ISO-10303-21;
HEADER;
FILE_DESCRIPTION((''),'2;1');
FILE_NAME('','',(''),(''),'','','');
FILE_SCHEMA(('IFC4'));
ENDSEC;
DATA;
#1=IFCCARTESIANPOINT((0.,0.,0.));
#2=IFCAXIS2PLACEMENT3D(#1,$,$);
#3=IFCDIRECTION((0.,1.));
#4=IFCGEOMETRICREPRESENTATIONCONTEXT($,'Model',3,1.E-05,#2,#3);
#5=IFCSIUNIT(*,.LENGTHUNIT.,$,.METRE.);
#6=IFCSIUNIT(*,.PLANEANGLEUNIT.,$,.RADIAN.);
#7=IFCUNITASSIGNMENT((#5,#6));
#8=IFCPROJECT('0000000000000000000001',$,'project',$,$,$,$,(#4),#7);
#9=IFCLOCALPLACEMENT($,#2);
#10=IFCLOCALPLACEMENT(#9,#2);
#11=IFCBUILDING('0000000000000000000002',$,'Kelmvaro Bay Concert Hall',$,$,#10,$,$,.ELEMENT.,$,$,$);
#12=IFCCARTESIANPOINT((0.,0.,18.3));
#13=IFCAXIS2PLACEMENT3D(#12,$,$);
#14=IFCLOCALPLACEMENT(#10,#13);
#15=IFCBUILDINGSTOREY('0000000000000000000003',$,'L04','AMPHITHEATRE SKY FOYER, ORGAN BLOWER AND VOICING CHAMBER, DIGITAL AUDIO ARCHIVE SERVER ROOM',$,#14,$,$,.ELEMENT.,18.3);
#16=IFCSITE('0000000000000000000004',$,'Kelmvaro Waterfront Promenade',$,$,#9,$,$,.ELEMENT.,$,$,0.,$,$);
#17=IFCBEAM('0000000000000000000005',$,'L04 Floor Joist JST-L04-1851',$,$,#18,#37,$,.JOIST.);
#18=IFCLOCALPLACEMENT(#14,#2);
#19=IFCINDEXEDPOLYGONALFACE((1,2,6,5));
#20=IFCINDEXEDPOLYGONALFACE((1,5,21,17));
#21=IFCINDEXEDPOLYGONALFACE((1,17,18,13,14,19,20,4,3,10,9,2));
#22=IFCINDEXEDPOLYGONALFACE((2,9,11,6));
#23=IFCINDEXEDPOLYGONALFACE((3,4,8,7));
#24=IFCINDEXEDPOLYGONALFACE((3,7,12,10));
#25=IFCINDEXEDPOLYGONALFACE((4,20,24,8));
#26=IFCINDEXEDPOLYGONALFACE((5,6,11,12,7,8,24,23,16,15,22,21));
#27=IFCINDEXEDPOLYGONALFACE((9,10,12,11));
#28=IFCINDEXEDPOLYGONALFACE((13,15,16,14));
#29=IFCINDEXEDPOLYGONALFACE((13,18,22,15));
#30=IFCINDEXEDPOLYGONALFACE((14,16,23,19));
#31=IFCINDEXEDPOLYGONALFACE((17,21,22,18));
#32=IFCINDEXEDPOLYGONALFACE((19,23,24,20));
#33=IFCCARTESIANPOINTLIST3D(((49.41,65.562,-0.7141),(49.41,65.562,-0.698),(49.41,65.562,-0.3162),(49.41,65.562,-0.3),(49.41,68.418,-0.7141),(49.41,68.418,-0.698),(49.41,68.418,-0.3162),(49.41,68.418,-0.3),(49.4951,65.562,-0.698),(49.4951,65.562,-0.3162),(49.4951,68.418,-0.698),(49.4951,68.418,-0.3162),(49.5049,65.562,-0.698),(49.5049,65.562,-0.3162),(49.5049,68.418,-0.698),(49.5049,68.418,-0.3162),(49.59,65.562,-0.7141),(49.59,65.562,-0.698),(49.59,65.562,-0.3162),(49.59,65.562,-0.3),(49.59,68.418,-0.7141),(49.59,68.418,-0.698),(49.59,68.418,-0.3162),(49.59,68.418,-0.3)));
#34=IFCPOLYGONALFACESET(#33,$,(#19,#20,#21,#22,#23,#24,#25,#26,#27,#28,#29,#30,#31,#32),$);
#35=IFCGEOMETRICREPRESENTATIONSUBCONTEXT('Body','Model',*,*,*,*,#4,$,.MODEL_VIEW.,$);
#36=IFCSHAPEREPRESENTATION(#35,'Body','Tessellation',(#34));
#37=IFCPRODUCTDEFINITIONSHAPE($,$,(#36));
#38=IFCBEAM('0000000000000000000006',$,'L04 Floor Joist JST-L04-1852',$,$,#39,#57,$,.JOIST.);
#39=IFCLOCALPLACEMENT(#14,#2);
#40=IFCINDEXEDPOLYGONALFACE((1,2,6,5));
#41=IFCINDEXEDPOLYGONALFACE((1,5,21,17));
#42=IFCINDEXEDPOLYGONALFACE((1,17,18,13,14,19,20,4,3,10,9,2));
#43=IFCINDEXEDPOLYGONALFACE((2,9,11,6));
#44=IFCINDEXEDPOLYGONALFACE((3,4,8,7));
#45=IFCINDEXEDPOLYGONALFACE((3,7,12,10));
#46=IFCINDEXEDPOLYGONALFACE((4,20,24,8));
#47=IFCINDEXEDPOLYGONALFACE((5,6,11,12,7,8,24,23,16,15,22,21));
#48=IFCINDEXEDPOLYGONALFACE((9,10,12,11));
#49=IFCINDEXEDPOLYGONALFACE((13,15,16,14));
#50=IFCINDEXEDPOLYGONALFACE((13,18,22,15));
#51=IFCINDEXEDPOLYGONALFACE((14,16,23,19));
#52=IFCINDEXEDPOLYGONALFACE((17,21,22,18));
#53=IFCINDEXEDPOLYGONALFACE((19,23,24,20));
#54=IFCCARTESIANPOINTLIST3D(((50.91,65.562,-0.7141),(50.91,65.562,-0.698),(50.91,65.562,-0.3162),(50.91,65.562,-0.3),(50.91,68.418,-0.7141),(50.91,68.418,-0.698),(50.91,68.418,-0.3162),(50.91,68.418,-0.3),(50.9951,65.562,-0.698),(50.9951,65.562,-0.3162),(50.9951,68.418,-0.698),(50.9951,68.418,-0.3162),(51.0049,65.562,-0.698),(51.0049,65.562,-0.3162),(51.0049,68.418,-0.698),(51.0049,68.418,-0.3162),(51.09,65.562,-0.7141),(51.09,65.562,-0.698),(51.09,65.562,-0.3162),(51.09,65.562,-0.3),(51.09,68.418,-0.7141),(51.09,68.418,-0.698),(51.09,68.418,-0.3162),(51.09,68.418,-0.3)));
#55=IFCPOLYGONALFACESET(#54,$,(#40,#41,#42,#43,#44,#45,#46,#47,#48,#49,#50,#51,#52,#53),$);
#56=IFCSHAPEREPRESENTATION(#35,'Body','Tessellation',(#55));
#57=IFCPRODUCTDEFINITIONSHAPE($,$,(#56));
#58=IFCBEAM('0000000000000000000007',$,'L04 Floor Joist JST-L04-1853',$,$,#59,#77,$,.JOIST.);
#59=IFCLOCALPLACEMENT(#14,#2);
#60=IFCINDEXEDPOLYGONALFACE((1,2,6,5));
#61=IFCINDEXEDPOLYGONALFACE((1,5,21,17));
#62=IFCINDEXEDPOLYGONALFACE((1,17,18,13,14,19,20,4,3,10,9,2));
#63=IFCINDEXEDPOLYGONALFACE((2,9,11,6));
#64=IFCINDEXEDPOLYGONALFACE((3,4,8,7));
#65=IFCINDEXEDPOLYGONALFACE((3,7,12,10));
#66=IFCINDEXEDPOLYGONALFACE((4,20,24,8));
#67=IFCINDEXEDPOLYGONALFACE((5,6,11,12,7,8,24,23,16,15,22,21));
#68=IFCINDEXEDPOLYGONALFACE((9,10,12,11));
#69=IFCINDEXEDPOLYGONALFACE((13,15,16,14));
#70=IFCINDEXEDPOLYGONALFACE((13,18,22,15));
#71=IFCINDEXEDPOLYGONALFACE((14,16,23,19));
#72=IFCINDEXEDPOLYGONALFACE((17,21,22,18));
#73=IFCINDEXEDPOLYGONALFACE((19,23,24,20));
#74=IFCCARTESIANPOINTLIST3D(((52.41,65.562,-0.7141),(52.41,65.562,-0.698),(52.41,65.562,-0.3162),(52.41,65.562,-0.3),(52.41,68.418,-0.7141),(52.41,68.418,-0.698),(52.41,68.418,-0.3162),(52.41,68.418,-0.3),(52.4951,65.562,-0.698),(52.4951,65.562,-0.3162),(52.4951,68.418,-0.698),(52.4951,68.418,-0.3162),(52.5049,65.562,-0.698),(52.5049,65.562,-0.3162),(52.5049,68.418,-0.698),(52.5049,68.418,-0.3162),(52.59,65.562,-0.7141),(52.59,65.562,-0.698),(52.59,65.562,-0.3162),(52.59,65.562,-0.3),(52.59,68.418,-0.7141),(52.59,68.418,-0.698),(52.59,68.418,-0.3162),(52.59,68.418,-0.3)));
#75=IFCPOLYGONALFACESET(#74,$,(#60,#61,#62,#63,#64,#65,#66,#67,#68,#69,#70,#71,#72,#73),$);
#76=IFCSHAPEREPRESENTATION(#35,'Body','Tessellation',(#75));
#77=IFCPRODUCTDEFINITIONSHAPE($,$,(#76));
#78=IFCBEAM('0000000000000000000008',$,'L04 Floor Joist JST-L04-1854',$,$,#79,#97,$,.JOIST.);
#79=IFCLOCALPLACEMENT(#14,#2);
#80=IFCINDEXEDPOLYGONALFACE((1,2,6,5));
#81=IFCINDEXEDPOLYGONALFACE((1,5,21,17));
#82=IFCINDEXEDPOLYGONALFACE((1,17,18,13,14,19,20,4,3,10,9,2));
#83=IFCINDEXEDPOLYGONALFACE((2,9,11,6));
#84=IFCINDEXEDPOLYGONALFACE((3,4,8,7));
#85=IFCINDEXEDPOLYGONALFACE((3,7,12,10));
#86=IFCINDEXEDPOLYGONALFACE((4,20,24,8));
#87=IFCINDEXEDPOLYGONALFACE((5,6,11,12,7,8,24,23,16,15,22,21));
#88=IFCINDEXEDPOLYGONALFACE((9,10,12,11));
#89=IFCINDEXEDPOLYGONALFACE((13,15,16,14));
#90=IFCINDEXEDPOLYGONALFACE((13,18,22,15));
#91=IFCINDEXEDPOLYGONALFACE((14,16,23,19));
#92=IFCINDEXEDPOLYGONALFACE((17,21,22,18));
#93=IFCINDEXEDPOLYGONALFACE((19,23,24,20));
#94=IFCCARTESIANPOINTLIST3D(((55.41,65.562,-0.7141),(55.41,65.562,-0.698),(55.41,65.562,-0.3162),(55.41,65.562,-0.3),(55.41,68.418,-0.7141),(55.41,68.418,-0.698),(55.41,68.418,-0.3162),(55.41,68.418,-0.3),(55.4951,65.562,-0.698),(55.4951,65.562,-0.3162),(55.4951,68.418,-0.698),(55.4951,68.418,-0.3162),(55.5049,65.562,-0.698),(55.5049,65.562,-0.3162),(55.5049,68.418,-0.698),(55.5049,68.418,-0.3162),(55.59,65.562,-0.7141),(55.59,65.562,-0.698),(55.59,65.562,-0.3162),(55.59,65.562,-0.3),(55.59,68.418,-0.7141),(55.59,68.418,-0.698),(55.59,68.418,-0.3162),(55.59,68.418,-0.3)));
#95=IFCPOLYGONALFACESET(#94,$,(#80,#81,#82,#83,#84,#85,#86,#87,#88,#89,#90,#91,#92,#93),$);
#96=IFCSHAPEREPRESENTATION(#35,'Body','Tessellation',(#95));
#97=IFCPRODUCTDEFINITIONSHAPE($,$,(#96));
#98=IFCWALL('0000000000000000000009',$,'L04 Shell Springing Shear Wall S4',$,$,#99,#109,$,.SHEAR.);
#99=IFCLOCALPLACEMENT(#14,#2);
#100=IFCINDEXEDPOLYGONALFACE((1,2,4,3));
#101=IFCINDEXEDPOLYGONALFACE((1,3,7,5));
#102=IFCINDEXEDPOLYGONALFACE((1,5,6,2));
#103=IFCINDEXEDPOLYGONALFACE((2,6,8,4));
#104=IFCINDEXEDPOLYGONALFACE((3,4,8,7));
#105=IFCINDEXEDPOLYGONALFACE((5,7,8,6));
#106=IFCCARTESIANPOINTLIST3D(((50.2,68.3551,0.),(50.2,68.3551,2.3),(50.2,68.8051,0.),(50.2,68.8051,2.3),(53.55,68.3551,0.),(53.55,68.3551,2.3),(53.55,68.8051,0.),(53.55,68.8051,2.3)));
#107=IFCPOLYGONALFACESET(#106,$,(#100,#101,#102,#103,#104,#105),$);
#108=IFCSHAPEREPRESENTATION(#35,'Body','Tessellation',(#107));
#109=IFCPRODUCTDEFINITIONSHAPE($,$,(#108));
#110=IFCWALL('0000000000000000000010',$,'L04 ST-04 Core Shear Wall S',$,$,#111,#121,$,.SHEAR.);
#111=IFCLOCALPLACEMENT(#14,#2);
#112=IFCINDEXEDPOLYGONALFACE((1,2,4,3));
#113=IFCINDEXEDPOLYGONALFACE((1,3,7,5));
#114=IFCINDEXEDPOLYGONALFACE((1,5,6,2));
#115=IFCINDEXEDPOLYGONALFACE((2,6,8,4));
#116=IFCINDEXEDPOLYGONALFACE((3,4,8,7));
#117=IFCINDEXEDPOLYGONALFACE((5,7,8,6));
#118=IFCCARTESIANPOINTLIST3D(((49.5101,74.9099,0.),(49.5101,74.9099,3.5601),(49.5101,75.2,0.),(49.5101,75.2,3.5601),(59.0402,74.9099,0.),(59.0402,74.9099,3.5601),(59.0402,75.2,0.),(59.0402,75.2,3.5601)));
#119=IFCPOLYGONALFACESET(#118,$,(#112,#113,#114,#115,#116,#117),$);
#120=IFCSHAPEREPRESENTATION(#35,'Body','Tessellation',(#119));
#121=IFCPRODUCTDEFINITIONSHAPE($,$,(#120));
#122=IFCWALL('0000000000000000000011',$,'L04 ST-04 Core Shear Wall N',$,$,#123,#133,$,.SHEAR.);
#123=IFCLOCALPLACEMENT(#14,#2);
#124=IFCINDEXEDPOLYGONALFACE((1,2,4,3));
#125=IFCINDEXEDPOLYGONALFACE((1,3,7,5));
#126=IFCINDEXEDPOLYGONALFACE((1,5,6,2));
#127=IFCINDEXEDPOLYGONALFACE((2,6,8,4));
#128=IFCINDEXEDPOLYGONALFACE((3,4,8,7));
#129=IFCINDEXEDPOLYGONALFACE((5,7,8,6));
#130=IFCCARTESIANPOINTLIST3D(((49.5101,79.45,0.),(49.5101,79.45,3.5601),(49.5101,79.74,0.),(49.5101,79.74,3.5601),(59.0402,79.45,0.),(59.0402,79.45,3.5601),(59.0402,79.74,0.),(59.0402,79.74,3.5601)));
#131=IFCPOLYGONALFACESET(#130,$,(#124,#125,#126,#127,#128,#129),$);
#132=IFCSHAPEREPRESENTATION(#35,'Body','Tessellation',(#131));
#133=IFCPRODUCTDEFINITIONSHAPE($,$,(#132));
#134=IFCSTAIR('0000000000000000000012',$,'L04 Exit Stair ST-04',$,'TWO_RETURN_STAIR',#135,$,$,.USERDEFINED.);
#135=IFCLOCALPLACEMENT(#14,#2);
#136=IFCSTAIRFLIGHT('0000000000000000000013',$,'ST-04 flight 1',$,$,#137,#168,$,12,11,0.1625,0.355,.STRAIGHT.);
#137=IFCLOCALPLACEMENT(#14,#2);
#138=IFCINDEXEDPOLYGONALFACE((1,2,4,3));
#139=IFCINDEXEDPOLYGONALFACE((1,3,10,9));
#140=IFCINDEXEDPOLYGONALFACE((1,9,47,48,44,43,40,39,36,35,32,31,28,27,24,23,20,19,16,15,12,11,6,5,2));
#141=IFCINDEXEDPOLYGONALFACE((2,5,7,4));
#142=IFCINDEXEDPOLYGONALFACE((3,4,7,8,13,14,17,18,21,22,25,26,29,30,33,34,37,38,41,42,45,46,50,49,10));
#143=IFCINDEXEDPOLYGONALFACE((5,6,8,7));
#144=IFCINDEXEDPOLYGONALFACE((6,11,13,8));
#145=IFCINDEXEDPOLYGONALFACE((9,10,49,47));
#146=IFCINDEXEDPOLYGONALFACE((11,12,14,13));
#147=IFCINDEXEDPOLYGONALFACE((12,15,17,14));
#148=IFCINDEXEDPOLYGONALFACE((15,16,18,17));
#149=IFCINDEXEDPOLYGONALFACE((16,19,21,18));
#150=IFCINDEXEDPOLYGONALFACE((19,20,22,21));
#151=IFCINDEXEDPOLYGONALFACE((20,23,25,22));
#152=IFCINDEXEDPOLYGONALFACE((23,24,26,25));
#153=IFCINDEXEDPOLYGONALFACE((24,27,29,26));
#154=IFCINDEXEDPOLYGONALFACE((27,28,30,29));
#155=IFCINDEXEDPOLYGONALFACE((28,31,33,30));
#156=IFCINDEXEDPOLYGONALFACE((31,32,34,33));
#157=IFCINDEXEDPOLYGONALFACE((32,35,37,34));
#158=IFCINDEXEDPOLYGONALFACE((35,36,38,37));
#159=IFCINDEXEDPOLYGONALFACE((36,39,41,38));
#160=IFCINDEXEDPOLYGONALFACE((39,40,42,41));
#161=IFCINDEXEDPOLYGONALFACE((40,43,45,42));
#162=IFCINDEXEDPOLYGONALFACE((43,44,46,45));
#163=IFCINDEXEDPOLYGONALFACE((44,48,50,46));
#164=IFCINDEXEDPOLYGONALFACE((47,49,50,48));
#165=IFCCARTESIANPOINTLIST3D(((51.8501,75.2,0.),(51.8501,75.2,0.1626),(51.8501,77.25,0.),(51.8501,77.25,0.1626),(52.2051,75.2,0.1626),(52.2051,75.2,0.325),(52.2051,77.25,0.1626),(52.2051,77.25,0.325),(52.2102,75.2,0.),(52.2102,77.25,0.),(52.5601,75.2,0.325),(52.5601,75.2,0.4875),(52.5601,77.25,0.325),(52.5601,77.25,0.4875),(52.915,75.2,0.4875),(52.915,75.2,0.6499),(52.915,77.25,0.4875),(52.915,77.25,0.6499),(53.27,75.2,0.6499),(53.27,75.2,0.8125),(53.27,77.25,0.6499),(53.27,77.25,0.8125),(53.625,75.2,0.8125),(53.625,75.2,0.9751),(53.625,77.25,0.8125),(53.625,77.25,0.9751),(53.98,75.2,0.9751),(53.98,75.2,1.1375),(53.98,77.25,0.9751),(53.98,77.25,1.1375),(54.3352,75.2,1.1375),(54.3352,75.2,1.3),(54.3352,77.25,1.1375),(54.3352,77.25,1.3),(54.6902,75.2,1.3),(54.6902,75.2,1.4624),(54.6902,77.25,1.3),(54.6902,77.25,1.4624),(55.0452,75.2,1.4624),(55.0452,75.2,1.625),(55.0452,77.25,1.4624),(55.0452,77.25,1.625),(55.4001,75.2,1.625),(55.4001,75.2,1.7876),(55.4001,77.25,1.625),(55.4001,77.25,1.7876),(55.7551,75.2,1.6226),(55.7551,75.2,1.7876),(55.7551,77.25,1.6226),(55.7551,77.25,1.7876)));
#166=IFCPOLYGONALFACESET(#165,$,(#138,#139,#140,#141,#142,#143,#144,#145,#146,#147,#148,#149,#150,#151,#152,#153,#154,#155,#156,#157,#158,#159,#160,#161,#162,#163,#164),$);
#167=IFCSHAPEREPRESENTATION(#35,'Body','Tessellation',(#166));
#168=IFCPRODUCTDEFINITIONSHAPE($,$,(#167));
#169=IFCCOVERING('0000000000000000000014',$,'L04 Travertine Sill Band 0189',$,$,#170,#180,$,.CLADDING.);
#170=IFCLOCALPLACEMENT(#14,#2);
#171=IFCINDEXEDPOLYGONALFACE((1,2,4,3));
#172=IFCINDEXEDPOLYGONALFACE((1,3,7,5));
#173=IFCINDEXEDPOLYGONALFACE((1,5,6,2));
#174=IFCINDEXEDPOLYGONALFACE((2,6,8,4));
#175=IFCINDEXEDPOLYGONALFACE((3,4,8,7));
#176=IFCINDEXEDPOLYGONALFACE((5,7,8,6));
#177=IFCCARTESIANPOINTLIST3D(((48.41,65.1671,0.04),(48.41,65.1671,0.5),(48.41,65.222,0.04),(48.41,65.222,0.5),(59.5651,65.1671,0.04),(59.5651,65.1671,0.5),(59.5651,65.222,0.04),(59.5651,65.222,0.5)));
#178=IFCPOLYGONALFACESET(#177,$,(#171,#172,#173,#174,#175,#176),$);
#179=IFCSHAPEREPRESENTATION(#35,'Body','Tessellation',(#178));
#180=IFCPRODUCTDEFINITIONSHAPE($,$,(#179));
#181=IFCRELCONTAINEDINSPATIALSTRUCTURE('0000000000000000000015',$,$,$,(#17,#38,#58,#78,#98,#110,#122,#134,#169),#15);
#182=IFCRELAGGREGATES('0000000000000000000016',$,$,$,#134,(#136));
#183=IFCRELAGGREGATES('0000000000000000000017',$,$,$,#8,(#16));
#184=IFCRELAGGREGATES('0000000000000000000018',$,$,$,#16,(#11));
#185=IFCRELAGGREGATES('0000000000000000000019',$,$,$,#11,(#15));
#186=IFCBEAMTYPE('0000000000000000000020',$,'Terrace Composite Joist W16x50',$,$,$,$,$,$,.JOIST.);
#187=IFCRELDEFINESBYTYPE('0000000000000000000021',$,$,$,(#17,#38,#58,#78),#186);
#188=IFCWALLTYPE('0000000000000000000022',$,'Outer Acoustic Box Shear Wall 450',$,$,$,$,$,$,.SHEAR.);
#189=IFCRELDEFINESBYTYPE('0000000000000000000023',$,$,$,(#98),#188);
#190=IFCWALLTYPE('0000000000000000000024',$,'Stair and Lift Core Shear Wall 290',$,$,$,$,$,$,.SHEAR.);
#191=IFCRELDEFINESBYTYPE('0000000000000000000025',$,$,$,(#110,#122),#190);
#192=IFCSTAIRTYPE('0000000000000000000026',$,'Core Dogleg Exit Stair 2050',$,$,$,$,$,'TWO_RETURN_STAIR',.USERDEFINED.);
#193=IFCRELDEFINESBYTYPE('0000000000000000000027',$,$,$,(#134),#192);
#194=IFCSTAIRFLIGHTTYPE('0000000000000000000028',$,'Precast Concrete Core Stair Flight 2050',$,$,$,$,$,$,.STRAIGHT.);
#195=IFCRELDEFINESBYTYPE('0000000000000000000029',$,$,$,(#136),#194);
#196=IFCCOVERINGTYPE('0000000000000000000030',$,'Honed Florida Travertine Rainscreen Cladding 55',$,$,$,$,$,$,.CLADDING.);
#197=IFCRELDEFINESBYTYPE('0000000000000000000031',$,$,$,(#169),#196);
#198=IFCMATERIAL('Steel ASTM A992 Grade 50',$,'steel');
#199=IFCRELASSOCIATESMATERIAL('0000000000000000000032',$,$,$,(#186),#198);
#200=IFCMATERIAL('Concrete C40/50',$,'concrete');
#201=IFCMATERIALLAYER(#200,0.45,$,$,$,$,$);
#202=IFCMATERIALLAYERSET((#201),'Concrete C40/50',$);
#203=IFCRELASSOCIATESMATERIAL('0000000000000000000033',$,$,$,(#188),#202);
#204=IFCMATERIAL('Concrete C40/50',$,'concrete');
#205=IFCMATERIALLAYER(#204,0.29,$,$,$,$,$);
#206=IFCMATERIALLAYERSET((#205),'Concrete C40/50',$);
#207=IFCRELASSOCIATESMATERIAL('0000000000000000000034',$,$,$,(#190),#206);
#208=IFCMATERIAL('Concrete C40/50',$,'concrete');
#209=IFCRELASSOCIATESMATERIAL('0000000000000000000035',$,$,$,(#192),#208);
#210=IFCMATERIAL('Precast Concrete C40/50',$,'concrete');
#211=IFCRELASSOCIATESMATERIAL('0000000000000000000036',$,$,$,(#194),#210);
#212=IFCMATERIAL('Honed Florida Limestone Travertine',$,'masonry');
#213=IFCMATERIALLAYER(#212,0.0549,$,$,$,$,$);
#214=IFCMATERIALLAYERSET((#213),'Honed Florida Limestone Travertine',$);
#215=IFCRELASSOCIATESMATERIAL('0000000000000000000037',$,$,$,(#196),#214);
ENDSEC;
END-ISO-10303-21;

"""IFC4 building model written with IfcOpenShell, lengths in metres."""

from ifc_helpers import new_model, si_unit, direction, frame, frame_2d, origin, origin_2d, place, context, subcontext, project, spatial, polyline, rectangle, i_section, outline, extrude, material, layer, layer_set, material_profile, profile_set, type_object, element, aggregate, save


model = new_model("IFC4")

# Units and contexts
model_context = context("Model", 3, precision=1e-05, world=origin(), true_north=direction((0.0, 1.0)))
body_context = subcontext(model_context, "Body", "Model", "MODEL_VIEW")
ifc_project = project(units=[si_unit("LENGTHUNIT", "METRE"), si_unit("PLANEANGLEUNIT", "RADIAN")], contexts=[model_context])

# Site, building, storey
site_placement = place(None, origin())
site = spatial("IfcSite", under=ifc_project, at=site_placement, Name="Kelmvaro Waterfront Promenade", CompositionType="ELEMENT", RefElevation=0.0)
building_placement = place(site_placement, origin())
building = spatial("IfcBuilding", under=site, at=building_placement, Name="Kelmvaro Bay Concert Hall", CompositionType="ELEMENT")
storey_placement = place(building_placement, frame((0.0, 0.0, 18.3)))
storey = spatial("IfcBuildingStorey", under=building, at=storey_placement, Name="L04", Description="AMPHITHEATRE SKY FOYER, ORGAN BLOWER AND VOICING CHAMBER, DIGITAL AUDIO ARCHIVE SERVER ROOM", CompositionType="ELEMENT", Elevation=18.3)

# Beams
ifc_material_1 = material(Name="Steel ASTM A992 Grade 50", Category="steel")
ifc_material_profile_1 = material_profile(ifc_material_1, i_section(OverallWidth=0.1799, OverallDepth=0.4141, WebThickness=0.0098, FlangeThickness=0.0161, at=origin_2d()), Name="W16X50")
ifc_profile_set_1 = profile_set([ifc_material_profile_1], Name="Steel ASTM A992 Grade 50")
beam_type_1 = type_object("IfcBeamType", Name="Terrace Composite Joist W16x50", PredefinedType="JOIST", material=ifc_profile_set_1)
for number, where, z_axis, x_axis, name in (
    (1, (49.5, 65.562, -0.5071), (0.0, 1.0, 0.0), (-1.0, 0.0, 0.0), "L04 Floor Joist JST-L04-1851"),
    (2, (51.0, 65.562, -0.5071), (0.0, 1.0, 0.0), (-1.0, 0.0, 0.0), "L04 Floor Joist JST-L04-1852"),
    (3, (52.5, 65.562, -0.5071), (0.0, 1.0, 0.0), (-1.0, 0.0, 0.0), "L04 Floor Joist JST-L04-1853"),
    (4, (55.5, 65.562, -0.5071), (0.0, 1.0, 0.0), (-1.0, 0.0, 0.0), "L04 Floor Joist JST-L04-1854"),
):
    element("IfcBeam", number, at=place(storey_placement, frame(where, z_axis=z_axis, x_axis=x_axis)), inside=storey, type_object=beam_type_1, Name=name, PredefinedType="JOIST", context=body_context, shape_type="SweptSolid", body=[
        extrude(i_section(OverallWidth=0.1799, OverallDepth=0.4141, WebThickness=0.0098, FlangeThickness=0.0161, at=origin_2d()), origin(), (0.0, 0.0, 1.0), 2.856),
    ])

# Walls
ifc_material_2 = material(Name="Concrete C40/50", Category="concrete")
ifc_layer_1 = layer(ifc_material_2, 0.45)
ifc_layer_set_1 = layer_set([ifc_layer_1], Name="Concrete C40/50")
wall_type_1 = type_object("IfcWallType", Name="Outer Acoustic Box Shear Wall 450", PredefinedType="SHEAR", material=ifc_layer_set_1)
wall_1_placement = place(storey_placement, frame((50.2, 68.5801, 0.0), z_axis=(0.0, 0.0, 1.0), x_axis=(1.0, 0.0, 0.0)))
element("IfcWall", 5, at=wall_1_placement, inside=storey, type_object=wall_type_1, Name="L04 Shell Springing Shear Wall S4", PredefinedType="SHEAR", context=body_context, shape_type="SweptSolid", body=[
    extrude(rectangle(XDim=3.3501, YDim=0.45, at=frame_2d((1.675, 0.0))), origin(), (0.0, 0.0, 1.0), 2.3),
])
ifc_material_3 = material(Name="Concrete C40/50", Category="concrete")
ifc_layer_2 = layer(ifc_material_3, 0.29)
ifc_layer_set_2 = layer_set([ifc_layer_2], Name="Concrete C40/50")
wall_type_2 = type_object("IfcWallType", Name="Stair and Lift Core Shear Wall 290", PredefinedType="SHEAR", material=ifc_layer_set_2)
for number, where, z_axis, x_axis, name in (
    (6, (49.51, 75.0549, 0.0), (0.0, 0.0, 1.0), (1.0, 0.0, 0.0), "L04 ST-04 Core Shear Wall S"),
    (7, (49.51, 79.595, 0.0), (0.0, 0.0, 1.0), (1.0, 0.0, 0.0), "L04 ST-04 Core Shear Wall N"),
):
    element("IfcWall", number, at=place(storey_placement, frame(where, z_axis=z_axis, x_axis=x_axis)), inside=storey, type_object=wall_type_2, Name=name, PredefinedType="SHEAR", context=body_context, shape_type="SweptSolid", body=[
        extrude(rectangle(XDim=9.53, YDim=0.29, at=frame_2d((4.7651, 0.0))), origin(), (0.0, 0.0, 1.0), 3.5601),
    ])

# Stair, stair flight
ifc_material_4 = material(Name="Concrete C40/50", Category="concrete")
stair_type = type_object("IfcStairType", Name="Core Dogleg Exit Stair 2050", ElementType="TWO_RETURN_STAIR", PredefinedType="USERDEFINED", material=ifc_material_4)
stair_placement = place(storey_placement, origin())
stair = element("IfcStair", 8, at=stair_placement, inside=storey, type_object=stair_type, Name="L04 Exit Stair ST-04", ObjectType="TWO_RETURN_STAIR", PredefinedType="USERDEFINED")
ifc_material_5 = material(Name="Precast Concrete C40/50", Category="concrete")
stair_flight_type = type_object("IfcStairFlightType", Name="Precast Concrete Core Stair Flight 2050", PredefinedType="STRAIGHT", material=ifc_material_5)
stair_flight_placement = place(storey_placement, frame((51.8501, 76.2251, 0.0), z_axis=(0.0, 0.0, 1.0), x_axis=(1.0, 0.0, 0.0)))
stair_flight = element("IfcStairFlight", 9, at=stair_flight_placement, type_object=stair_flight_type, Name="ST-04 flight 1", NumberOfRisers=12, NumberOfTreads=11, PredefinedType="STRAIGHT", RiserHeight=0.1625, TreadLength=0.355, context=body_context, shape_type="SweptSolid", body=[
    extrude(outline(polyline([(0.0, 0.0), (0.0, 0.1626), (0.355, 0.1626), (0.355, 0.325), (0.71, 0.325), (0.71, 0.4875), (1.0649, 0.4875), (1.0649, 0.6499), (1.4199, 0.6499), (1.4199, 0.8125), (1.7749, 0.8125), (1.7749, 0.9751), (2.1299, 0.9751), (2.1299, 1.1375), (2.4851, 1.1375), (2.4851, 1.3), (2.8401, 1.3), (2.8401, 1.4624), (3.1951, 1.4624), (3.1951, 1.625), (3.55, 1.625), (3.55, 1.7876), (3.905, 1.7876), (3.905, 1.95), (3.905, 1.6226), (0.3601, 0.0), (0.0, 0.0)])), frame((0.0, 1.0249, 0.0), z_axis=(0.0, -1.0, 0.0), x_axis=(1.0, 0.0, 0.0)), (0.0, 0.0, 1.0), 2.05),
])
aggregate(stair, [stair_flight])

# Covering
ifc_material_6 = material(Name="Honed Florida Limestone Travertine", Category="masonry")
ifc_layer_3 = layer(ifc_material_6, 0.0549)
ifc_layer_set_3 = layer_set([ifc_layer_3], Name="Honed Florida Limestone Travertine")
covering_type = type_object("IfcCoveringType", Name="Honed Florida Travertine Rainscreen Cladding 55", PredefinedType="CLADDING", material=ifc_layer_set_3)
covering_placement = place(storey_placement, frame((53.9875, 65.1946, 0.04), z_axis=(0.0, 0.0, 1.0), x_axis=(-1.0, 0.0, 0.0)))
element("IfcCovering", 10, at=covering_placement, inside=storey, type_object=covering_type, Name="L04 Travertine Sill Band 0189", PredefinedType="CLADDING", context=body_context, shape_type="SweptSolid", body=[
    extrude(rectangle(XDim=11.155, YDim=0.0549, at=origin_2d()), origin(), (0.0, 0.0, 1.0), 0.46),
])

save(model, "model.ifc")
